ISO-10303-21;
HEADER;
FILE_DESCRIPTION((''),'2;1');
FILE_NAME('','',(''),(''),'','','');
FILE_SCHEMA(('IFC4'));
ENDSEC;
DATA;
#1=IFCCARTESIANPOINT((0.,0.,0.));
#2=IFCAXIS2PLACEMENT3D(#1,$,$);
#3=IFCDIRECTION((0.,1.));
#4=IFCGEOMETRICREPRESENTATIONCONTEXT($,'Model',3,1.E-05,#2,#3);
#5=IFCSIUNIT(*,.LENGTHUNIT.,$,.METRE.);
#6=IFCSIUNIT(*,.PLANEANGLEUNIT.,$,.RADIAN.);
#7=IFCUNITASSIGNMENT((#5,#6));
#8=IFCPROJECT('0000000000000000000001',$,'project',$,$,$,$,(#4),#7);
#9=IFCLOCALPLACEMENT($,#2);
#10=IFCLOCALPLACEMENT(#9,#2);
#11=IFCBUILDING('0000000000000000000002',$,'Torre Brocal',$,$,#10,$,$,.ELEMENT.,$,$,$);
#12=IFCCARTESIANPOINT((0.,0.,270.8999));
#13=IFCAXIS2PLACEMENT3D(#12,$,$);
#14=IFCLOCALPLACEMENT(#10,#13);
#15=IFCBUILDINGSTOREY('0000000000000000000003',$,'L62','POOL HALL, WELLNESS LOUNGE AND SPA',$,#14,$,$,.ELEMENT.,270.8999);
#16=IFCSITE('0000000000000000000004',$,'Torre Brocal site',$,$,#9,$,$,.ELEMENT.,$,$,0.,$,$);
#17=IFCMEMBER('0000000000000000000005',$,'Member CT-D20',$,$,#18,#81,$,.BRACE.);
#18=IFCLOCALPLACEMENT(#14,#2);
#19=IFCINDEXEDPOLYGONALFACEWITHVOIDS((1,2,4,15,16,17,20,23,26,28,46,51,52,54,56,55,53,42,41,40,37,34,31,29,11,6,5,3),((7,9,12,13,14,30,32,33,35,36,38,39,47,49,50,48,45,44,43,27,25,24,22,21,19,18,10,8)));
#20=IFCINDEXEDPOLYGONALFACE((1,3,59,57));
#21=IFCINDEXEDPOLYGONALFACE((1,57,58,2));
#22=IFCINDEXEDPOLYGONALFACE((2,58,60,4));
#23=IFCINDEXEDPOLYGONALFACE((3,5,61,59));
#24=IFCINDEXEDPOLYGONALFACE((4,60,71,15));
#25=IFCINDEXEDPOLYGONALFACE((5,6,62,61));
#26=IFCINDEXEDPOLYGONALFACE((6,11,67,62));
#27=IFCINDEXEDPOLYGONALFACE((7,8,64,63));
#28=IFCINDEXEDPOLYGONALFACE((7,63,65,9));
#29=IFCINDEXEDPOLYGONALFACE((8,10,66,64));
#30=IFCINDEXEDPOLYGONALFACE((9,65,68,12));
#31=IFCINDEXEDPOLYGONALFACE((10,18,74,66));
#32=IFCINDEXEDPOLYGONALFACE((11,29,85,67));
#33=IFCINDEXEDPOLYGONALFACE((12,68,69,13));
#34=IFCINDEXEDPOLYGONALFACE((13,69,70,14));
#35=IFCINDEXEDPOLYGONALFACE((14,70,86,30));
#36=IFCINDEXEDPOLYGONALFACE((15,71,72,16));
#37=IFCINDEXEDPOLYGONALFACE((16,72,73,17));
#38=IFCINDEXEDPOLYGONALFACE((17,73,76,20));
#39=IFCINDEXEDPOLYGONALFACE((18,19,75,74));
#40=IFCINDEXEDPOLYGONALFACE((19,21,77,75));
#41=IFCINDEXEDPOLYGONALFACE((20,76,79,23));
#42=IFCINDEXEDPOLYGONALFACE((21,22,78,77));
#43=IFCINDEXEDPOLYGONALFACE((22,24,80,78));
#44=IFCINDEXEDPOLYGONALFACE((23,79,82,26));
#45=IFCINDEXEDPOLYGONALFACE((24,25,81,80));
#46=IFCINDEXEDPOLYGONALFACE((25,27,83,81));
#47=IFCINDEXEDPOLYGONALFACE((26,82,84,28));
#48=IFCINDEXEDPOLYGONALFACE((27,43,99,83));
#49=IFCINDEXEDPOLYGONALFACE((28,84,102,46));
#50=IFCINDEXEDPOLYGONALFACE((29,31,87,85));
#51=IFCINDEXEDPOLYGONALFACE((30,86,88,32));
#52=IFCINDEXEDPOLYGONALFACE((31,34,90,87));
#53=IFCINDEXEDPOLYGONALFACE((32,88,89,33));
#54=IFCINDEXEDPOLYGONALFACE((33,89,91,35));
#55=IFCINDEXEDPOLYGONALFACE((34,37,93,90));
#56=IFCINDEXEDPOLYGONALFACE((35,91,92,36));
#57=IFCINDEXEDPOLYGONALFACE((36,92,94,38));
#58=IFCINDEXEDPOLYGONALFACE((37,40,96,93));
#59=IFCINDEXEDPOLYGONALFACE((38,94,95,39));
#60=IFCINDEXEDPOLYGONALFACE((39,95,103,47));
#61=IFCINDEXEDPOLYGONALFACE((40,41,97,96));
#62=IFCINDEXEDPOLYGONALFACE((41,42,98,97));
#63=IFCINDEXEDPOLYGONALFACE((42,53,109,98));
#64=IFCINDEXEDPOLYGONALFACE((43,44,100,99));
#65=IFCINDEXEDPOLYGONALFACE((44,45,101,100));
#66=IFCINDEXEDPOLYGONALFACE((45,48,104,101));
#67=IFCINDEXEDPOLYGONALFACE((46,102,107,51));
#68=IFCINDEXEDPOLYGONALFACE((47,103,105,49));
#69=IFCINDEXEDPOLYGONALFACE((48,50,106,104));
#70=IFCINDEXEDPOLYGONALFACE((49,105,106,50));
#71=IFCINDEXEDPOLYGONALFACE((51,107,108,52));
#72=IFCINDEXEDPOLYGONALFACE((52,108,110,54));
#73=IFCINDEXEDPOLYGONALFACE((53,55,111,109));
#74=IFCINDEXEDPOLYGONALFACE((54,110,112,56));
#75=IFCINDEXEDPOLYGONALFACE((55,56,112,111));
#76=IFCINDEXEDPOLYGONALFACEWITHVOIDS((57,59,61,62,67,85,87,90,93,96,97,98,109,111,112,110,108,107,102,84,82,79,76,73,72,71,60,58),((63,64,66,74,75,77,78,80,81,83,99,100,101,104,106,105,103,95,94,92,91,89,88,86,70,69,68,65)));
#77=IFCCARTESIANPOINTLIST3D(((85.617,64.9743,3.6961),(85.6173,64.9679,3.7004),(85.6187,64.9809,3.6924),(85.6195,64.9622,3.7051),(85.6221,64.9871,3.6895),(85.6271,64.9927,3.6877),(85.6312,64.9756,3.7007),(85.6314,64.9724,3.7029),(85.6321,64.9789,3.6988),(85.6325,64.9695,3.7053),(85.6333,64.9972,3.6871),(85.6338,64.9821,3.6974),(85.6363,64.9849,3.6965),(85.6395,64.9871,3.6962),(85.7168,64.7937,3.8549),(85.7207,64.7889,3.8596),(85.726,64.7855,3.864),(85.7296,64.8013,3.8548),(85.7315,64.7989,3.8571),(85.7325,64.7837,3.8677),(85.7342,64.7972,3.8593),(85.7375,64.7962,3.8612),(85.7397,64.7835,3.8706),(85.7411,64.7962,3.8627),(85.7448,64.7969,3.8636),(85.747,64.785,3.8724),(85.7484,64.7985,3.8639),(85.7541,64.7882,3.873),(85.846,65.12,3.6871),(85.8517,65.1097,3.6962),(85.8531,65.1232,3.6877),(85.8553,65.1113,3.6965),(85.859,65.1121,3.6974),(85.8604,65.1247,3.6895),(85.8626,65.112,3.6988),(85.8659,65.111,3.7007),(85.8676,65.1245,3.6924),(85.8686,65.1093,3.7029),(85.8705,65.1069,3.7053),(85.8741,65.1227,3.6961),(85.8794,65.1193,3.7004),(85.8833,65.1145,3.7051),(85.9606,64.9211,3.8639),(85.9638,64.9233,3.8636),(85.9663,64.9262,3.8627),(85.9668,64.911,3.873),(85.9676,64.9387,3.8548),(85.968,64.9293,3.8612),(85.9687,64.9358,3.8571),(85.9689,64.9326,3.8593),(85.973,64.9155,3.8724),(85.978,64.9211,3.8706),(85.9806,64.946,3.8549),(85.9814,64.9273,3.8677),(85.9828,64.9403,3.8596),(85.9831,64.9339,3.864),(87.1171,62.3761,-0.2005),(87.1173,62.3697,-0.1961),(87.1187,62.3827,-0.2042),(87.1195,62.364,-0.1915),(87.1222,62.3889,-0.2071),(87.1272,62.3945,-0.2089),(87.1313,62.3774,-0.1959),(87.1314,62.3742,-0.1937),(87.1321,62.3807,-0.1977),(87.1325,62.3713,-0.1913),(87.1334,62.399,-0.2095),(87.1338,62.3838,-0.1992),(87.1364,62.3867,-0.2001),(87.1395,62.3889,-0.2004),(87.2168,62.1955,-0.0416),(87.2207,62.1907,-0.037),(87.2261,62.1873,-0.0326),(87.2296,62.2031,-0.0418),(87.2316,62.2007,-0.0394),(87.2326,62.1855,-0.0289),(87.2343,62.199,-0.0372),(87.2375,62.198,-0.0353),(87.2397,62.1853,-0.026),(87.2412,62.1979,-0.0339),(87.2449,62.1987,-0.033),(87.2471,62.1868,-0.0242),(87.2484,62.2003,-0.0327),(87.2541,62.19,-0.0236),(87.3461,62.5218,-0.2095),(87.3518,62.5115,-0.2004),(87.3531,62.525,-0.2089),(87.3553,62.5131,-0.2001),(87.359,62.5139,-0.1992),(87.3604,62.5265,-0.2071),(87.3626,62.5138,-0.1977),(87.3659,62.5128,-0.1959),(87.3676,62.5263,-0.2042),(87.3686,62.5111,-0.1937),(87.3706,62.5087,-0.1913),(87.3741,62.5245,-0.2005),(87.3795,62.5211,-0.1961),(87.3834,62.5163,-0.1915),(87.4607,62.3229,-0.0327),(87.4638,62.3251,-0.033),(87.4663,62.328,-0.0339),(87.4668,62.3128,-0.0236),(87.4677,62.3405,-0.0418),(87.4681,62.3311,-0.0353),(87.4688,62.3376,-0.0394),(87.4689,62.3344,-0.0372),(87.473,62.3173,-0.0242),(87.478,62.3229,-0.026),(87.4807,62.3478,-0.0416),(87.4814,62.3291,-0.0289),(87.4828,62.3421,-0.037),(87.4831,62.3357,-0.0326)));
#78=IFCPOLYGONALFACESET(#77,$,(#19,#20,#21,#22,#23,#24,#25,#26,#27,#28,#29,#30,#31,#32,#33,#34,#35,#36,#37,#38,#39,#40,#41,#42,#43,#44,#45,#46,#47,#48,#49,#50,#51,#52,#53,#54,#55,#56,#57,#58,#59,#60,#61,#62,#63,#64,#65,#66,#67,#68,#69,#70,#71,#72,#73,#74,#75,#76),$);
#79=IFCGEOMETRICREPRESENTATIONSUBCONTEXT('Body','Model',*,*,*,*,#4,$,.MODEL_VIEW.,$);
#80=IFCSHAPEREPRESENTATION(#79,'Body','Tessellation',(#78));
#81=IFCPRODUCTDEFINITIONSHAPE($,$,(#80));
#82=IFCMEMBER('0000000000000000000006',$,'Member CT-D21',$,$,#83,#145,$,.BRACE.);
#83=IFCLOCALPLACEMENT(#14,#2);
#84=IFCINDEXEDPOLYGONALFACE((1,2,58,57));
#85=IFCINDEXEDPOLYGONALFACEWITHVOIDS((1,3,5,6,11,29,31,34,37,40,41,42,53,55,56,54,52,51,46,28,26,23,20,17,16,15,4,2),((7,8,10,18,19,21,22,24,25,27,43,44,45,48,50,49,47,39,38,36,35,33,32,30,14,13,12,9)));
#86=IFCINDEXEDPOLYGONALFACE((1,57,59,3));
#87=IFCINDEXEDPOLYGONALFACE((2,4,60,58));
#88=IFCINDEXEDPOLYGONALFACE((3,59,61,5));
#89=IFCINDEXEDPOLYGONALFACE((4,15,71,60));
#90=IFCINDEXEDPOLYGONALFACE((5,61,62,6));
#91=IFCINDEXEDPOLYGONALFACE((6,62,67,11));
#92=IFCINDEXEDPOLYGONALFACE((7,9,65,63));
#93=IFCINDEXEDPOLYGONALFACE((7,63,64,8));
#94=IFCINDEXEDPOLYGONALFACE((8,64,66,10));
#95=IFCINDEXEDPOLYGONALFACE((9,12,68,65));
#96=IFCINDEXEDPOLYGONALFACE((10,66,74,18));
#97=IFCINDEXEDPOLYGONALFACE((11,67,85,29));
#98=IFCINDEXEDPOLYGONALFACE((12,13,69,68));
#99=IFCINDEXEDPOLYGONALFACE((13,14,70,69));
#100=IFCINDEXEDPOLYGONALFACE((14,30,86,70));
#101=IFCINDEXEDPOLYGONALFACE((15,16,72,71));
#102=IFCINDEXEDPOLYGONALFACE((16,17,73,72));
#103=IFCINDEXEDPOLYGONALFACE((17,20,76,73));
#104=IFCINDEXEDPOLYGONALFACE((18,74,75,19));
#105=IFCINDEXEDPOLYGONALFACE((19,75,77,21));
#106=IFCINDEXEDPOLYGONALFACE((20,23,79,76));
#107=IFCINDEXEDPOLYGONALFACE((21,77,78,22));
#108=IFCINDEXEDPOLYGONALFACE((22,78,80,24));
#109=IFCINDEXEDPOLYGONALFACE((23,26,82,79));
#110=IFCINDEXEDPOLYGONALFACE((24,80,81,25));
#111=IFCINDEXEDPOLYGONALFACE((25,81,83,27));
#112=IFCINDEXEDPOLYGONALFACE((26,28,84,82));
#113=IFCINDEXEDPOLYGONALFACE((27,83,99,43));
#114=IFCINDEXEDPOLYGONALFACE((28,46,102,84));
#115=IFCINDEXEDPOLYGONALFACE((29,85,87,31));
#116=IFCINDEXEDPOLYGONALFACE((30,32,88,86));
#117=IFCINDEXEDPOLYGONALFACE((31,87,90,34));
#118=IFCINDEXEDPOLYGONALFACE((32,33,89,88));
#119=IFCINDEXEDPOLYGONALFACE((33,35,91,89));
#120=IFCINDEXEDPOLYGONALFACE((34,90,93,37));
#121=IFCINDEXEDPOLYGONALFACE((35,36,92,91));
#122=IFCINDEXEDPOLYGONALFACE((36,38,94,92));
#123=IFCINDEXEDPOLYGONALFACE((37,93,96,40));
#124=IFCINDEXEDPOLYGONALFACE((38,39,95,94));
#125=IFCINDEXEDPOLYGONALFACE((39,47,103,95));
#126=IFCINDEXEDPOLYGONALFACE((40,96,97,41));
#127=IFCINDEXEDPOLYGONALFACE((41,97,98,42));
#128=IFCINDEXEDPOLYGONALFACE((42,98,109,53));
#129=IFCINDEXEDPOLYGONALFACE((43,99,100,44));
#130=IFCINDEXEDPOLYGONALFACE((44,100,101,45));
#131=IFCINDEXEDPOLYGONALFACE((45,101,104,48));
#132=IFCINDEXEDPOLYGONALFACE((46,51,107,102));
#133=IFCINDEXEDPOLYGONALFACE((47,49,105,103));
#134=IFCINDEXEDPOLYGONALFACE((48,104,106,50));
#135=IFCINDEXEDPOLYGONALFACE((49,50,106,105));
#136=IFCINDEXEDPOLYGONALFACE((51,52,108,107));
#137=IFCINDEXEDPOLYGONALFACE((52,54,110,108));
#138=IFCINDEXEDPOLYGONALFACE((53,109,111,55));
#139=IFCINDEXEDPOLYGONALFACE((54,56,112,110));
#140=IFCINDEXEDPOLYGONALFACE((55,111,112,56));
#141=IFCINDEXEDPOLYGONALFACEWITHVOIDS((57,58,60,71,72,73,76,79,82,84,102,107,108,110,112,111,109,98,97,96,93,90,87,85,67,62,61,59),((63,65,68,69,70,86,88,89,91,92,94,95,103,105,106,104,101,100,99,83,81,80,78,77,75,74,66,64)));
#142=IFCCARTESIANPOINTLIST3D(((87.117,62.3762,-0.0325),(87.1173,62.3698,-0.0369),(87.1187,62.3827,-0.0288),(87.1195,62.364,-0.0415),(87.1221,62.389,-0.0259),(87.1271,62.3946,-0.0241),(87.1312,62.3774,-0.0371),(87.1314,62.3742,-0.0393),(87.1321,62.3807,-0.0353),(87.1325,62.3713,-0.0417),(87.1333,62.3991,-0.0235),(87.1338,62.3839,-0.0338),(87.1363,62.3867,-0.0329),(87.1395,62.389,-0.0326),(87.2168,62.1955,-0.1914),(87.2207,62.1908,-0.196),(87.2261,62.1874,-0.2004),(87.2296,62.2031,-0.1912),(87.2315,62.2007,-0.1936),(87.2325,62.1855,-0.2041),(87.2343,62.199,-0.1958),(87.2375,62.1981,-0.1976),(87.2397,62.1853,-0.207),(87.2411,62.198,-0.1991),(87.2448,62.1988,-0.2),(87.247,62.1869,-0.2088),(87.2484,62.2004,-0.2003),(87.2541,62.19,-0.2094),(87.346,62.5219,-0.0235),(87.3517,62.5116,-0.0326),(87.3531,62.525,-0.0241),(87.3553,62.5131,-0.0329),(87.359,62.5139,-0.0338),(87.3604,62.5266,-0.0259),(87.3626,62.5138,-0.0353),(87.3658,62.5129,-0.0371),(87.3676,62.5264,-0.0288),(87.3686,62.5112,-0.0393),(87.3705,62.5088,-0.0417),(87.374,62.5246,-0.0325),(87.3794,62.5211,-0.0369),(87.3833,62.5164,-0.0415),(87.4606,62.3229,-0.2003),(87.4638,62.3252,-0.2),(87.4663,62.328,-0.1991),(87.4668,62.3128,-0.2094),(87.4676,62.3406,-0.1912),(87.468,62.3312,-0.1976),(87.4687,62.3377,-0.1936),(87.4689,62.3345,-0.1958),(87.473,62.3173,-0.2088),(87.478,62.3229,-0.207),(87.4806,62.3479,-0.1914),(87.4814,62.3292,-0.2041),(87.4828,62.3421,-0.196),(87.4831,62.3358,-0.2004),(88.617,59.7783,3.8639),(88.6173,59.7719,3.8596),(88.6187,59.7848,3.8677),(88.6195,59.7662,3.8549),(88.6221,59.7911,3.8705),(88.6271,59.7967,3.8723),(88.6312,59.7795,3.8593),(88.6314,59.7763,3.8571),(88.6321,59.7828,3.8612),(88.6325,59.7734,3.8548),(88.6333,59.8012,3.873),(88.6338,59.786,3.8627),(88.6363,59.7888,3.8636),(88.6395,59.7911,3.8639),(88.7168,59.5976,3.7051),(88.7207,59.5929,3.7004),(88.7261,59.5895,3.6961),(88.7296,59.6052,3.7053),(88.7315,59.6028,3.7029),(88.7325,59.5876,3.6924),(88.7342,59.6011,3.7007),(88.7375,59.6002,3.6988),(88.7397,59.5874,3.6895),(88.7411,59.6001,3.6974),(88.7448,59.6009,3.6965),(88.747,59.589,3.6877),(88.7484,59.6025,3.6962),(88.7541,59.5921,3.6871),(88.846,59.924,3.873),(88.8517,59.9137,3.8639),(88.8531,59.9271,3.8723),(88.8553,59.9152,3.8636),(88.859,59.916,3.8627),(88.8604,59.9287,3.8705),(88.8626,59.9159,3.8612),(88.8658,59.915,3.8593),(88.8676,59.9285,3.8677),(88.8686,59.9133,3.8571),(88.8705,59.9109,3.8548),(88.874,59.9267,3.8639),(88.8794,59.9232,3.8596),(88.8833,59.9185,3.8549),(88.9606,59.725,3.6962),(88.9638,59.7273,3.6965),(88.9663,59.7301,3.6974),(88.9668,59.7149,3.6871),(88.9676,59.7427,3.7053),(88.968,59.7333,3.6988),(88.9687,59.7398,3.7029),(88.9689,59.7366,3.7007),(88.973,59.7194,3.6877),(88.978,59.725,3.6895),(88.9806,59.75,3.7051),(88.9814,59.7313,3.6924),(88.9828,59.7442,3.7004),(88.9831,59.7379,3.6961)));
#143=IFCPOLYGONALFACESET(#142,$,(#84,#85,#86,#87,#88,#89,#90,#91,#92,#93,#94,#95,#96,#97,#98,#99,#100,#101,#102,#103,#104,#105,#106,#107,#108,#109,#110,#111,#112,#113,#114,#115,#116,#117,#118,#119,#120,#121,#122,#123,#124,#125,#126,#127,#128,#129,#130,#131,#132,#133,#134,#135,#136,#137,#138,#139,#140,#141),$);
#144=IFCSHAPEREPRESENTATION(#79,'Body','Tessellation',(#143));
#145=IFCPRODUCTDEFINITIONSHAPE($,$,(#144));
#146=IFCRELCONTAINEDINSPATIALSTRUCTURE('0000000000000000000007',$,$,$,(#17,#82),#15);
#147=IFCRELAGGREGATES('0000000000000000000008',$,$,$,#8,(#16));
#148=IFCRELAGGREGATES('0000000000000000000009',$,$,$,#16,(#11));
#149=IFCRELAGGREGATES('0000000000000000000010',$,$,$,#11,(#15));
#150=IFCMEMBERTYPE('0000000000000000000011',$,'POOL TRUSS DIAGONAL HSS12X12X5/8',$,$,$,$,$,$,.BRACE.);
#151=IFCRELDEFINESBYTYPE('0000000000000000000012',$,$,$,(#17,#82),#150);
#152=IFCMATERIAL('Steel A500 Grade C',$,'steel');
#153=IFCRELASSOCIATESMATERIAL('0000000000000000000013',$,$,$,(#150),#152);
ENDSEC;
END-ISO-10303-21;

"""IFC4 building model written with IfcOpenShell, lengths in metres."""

from ifc_helpers import new_model, si_unit, direction, frame, origin, origin_2d, place, context, subcontext, project, spatial, hollow_rectangle, extrude, material, material_profile, profile_set, type_object, element, save


model = new_model("IFC4")

# Units and contexts
model_context = context("Model", 3, precision=1e-05, world=origin(), true_north=direction((0.0, 1.0)))
body_context = subcontext(model_context, "Body", "Model", "MODEL_VIEW")
ifc_project = project(units=[si_unit("LENGTHUNIT", "METRE"), si_unit("PLANEANGLEUNIT", "RADIAN")], contexts=[model_context])

# Site, building, storey
site_placement = place(None, origin())
site = spatial("IfcSite", under=ifc_project, at=site_placement, Name="Torre Brocal site", CompositionType="ELEMENT", RefElevation=0.0)
building_placement = place(site_placement, origin())
building = spatial("IfcBuilding", under=site, at=building_placement, Name="Torre Brocal", CompositionType="ELEMENT")
storey_placement = place(building_placement, frame((0.0, 0.0, 270.8999)))
storey = spatial("IfcBuildingStorey", under=building, at=storey_placement, Name="L62", Description="POOL HALL, WELLNESS LOUNGE AND SPA", CompositionType="ELEMENT", Elevation=270.8999)

# Members
ifc_material_1 = material(Name="Steel A500 Grade C", Category="steel")
ifc_material_profile_1 = material_profile(ifc_material_1, hollow_rectangle(XDim=0.3047, YDim=0.3047, WallThickness=0.0149, InnerFilletRadius=0.0149, OuterFilletRadius=0.0295, at=origin_2d()), Name="HSS12X12X5/8")
ifc_profile_set_1 = profile_set([ifc_material_profile_1], Name="Steel A500 Grade C")
member_type_1 = type_object("IfcMemberType", Name="POOL TRUSS DIAGONAL HSS12X12X5/8", PredefinedType="BRACE", material=ifc_profile_set_1)
for number, where, z_axis, x_axis, name in (
    (1, (85.8, 64.9541, 3.78), (0.305026, -0.528334, -0.792352), (0.866031, 0.49999, 0.0), "Member CT-D20"),
):
    element("IfcMember", number, at=place(storey_placement, frame(where, z_axis=z_axis, x_axis=x_axis)), inside=storey, type_object=member_type_1, Name=name, PredefinedType="BRACE", context=body_context, shape_type="SweptSolid", body=[
        extrude(hollow_rectangle(XDim=0.3047, YDim=0.3047, WallThickness=0.0149, InnerFilletRadius=0.0149, OuterFilletRadius=0.0295, at=origin_2d()), origin(), (0.0, 0.0, 1.0), 4.9177),
    ])
member_1_placement = place(storey_placement, frame((87.3, 62.356, -0.1165), z_axis=(0.305034, -0.528298, 0.792373), x_axis=(0.866011, 0.500025, 0.0)))
element("IfcMember", 2, at=member_1_placement, inside=storey, type_object=member_type_1, Name="Member CT-D21", PredefinedType="BRACE", context=body_context, shape_type="SweptSolid", body=[
    extrude(hollow_rectangle(XDim=0.3047, YDim=0.3047, WallThickness=0.0149, InnerFilletRadius=0.0149, OuterFilletRadius=0.0295, at=origin_2d()), origin(), (0.0, 0.0, 1.0), 4.9175),
])

save(model, "model.ifc")
